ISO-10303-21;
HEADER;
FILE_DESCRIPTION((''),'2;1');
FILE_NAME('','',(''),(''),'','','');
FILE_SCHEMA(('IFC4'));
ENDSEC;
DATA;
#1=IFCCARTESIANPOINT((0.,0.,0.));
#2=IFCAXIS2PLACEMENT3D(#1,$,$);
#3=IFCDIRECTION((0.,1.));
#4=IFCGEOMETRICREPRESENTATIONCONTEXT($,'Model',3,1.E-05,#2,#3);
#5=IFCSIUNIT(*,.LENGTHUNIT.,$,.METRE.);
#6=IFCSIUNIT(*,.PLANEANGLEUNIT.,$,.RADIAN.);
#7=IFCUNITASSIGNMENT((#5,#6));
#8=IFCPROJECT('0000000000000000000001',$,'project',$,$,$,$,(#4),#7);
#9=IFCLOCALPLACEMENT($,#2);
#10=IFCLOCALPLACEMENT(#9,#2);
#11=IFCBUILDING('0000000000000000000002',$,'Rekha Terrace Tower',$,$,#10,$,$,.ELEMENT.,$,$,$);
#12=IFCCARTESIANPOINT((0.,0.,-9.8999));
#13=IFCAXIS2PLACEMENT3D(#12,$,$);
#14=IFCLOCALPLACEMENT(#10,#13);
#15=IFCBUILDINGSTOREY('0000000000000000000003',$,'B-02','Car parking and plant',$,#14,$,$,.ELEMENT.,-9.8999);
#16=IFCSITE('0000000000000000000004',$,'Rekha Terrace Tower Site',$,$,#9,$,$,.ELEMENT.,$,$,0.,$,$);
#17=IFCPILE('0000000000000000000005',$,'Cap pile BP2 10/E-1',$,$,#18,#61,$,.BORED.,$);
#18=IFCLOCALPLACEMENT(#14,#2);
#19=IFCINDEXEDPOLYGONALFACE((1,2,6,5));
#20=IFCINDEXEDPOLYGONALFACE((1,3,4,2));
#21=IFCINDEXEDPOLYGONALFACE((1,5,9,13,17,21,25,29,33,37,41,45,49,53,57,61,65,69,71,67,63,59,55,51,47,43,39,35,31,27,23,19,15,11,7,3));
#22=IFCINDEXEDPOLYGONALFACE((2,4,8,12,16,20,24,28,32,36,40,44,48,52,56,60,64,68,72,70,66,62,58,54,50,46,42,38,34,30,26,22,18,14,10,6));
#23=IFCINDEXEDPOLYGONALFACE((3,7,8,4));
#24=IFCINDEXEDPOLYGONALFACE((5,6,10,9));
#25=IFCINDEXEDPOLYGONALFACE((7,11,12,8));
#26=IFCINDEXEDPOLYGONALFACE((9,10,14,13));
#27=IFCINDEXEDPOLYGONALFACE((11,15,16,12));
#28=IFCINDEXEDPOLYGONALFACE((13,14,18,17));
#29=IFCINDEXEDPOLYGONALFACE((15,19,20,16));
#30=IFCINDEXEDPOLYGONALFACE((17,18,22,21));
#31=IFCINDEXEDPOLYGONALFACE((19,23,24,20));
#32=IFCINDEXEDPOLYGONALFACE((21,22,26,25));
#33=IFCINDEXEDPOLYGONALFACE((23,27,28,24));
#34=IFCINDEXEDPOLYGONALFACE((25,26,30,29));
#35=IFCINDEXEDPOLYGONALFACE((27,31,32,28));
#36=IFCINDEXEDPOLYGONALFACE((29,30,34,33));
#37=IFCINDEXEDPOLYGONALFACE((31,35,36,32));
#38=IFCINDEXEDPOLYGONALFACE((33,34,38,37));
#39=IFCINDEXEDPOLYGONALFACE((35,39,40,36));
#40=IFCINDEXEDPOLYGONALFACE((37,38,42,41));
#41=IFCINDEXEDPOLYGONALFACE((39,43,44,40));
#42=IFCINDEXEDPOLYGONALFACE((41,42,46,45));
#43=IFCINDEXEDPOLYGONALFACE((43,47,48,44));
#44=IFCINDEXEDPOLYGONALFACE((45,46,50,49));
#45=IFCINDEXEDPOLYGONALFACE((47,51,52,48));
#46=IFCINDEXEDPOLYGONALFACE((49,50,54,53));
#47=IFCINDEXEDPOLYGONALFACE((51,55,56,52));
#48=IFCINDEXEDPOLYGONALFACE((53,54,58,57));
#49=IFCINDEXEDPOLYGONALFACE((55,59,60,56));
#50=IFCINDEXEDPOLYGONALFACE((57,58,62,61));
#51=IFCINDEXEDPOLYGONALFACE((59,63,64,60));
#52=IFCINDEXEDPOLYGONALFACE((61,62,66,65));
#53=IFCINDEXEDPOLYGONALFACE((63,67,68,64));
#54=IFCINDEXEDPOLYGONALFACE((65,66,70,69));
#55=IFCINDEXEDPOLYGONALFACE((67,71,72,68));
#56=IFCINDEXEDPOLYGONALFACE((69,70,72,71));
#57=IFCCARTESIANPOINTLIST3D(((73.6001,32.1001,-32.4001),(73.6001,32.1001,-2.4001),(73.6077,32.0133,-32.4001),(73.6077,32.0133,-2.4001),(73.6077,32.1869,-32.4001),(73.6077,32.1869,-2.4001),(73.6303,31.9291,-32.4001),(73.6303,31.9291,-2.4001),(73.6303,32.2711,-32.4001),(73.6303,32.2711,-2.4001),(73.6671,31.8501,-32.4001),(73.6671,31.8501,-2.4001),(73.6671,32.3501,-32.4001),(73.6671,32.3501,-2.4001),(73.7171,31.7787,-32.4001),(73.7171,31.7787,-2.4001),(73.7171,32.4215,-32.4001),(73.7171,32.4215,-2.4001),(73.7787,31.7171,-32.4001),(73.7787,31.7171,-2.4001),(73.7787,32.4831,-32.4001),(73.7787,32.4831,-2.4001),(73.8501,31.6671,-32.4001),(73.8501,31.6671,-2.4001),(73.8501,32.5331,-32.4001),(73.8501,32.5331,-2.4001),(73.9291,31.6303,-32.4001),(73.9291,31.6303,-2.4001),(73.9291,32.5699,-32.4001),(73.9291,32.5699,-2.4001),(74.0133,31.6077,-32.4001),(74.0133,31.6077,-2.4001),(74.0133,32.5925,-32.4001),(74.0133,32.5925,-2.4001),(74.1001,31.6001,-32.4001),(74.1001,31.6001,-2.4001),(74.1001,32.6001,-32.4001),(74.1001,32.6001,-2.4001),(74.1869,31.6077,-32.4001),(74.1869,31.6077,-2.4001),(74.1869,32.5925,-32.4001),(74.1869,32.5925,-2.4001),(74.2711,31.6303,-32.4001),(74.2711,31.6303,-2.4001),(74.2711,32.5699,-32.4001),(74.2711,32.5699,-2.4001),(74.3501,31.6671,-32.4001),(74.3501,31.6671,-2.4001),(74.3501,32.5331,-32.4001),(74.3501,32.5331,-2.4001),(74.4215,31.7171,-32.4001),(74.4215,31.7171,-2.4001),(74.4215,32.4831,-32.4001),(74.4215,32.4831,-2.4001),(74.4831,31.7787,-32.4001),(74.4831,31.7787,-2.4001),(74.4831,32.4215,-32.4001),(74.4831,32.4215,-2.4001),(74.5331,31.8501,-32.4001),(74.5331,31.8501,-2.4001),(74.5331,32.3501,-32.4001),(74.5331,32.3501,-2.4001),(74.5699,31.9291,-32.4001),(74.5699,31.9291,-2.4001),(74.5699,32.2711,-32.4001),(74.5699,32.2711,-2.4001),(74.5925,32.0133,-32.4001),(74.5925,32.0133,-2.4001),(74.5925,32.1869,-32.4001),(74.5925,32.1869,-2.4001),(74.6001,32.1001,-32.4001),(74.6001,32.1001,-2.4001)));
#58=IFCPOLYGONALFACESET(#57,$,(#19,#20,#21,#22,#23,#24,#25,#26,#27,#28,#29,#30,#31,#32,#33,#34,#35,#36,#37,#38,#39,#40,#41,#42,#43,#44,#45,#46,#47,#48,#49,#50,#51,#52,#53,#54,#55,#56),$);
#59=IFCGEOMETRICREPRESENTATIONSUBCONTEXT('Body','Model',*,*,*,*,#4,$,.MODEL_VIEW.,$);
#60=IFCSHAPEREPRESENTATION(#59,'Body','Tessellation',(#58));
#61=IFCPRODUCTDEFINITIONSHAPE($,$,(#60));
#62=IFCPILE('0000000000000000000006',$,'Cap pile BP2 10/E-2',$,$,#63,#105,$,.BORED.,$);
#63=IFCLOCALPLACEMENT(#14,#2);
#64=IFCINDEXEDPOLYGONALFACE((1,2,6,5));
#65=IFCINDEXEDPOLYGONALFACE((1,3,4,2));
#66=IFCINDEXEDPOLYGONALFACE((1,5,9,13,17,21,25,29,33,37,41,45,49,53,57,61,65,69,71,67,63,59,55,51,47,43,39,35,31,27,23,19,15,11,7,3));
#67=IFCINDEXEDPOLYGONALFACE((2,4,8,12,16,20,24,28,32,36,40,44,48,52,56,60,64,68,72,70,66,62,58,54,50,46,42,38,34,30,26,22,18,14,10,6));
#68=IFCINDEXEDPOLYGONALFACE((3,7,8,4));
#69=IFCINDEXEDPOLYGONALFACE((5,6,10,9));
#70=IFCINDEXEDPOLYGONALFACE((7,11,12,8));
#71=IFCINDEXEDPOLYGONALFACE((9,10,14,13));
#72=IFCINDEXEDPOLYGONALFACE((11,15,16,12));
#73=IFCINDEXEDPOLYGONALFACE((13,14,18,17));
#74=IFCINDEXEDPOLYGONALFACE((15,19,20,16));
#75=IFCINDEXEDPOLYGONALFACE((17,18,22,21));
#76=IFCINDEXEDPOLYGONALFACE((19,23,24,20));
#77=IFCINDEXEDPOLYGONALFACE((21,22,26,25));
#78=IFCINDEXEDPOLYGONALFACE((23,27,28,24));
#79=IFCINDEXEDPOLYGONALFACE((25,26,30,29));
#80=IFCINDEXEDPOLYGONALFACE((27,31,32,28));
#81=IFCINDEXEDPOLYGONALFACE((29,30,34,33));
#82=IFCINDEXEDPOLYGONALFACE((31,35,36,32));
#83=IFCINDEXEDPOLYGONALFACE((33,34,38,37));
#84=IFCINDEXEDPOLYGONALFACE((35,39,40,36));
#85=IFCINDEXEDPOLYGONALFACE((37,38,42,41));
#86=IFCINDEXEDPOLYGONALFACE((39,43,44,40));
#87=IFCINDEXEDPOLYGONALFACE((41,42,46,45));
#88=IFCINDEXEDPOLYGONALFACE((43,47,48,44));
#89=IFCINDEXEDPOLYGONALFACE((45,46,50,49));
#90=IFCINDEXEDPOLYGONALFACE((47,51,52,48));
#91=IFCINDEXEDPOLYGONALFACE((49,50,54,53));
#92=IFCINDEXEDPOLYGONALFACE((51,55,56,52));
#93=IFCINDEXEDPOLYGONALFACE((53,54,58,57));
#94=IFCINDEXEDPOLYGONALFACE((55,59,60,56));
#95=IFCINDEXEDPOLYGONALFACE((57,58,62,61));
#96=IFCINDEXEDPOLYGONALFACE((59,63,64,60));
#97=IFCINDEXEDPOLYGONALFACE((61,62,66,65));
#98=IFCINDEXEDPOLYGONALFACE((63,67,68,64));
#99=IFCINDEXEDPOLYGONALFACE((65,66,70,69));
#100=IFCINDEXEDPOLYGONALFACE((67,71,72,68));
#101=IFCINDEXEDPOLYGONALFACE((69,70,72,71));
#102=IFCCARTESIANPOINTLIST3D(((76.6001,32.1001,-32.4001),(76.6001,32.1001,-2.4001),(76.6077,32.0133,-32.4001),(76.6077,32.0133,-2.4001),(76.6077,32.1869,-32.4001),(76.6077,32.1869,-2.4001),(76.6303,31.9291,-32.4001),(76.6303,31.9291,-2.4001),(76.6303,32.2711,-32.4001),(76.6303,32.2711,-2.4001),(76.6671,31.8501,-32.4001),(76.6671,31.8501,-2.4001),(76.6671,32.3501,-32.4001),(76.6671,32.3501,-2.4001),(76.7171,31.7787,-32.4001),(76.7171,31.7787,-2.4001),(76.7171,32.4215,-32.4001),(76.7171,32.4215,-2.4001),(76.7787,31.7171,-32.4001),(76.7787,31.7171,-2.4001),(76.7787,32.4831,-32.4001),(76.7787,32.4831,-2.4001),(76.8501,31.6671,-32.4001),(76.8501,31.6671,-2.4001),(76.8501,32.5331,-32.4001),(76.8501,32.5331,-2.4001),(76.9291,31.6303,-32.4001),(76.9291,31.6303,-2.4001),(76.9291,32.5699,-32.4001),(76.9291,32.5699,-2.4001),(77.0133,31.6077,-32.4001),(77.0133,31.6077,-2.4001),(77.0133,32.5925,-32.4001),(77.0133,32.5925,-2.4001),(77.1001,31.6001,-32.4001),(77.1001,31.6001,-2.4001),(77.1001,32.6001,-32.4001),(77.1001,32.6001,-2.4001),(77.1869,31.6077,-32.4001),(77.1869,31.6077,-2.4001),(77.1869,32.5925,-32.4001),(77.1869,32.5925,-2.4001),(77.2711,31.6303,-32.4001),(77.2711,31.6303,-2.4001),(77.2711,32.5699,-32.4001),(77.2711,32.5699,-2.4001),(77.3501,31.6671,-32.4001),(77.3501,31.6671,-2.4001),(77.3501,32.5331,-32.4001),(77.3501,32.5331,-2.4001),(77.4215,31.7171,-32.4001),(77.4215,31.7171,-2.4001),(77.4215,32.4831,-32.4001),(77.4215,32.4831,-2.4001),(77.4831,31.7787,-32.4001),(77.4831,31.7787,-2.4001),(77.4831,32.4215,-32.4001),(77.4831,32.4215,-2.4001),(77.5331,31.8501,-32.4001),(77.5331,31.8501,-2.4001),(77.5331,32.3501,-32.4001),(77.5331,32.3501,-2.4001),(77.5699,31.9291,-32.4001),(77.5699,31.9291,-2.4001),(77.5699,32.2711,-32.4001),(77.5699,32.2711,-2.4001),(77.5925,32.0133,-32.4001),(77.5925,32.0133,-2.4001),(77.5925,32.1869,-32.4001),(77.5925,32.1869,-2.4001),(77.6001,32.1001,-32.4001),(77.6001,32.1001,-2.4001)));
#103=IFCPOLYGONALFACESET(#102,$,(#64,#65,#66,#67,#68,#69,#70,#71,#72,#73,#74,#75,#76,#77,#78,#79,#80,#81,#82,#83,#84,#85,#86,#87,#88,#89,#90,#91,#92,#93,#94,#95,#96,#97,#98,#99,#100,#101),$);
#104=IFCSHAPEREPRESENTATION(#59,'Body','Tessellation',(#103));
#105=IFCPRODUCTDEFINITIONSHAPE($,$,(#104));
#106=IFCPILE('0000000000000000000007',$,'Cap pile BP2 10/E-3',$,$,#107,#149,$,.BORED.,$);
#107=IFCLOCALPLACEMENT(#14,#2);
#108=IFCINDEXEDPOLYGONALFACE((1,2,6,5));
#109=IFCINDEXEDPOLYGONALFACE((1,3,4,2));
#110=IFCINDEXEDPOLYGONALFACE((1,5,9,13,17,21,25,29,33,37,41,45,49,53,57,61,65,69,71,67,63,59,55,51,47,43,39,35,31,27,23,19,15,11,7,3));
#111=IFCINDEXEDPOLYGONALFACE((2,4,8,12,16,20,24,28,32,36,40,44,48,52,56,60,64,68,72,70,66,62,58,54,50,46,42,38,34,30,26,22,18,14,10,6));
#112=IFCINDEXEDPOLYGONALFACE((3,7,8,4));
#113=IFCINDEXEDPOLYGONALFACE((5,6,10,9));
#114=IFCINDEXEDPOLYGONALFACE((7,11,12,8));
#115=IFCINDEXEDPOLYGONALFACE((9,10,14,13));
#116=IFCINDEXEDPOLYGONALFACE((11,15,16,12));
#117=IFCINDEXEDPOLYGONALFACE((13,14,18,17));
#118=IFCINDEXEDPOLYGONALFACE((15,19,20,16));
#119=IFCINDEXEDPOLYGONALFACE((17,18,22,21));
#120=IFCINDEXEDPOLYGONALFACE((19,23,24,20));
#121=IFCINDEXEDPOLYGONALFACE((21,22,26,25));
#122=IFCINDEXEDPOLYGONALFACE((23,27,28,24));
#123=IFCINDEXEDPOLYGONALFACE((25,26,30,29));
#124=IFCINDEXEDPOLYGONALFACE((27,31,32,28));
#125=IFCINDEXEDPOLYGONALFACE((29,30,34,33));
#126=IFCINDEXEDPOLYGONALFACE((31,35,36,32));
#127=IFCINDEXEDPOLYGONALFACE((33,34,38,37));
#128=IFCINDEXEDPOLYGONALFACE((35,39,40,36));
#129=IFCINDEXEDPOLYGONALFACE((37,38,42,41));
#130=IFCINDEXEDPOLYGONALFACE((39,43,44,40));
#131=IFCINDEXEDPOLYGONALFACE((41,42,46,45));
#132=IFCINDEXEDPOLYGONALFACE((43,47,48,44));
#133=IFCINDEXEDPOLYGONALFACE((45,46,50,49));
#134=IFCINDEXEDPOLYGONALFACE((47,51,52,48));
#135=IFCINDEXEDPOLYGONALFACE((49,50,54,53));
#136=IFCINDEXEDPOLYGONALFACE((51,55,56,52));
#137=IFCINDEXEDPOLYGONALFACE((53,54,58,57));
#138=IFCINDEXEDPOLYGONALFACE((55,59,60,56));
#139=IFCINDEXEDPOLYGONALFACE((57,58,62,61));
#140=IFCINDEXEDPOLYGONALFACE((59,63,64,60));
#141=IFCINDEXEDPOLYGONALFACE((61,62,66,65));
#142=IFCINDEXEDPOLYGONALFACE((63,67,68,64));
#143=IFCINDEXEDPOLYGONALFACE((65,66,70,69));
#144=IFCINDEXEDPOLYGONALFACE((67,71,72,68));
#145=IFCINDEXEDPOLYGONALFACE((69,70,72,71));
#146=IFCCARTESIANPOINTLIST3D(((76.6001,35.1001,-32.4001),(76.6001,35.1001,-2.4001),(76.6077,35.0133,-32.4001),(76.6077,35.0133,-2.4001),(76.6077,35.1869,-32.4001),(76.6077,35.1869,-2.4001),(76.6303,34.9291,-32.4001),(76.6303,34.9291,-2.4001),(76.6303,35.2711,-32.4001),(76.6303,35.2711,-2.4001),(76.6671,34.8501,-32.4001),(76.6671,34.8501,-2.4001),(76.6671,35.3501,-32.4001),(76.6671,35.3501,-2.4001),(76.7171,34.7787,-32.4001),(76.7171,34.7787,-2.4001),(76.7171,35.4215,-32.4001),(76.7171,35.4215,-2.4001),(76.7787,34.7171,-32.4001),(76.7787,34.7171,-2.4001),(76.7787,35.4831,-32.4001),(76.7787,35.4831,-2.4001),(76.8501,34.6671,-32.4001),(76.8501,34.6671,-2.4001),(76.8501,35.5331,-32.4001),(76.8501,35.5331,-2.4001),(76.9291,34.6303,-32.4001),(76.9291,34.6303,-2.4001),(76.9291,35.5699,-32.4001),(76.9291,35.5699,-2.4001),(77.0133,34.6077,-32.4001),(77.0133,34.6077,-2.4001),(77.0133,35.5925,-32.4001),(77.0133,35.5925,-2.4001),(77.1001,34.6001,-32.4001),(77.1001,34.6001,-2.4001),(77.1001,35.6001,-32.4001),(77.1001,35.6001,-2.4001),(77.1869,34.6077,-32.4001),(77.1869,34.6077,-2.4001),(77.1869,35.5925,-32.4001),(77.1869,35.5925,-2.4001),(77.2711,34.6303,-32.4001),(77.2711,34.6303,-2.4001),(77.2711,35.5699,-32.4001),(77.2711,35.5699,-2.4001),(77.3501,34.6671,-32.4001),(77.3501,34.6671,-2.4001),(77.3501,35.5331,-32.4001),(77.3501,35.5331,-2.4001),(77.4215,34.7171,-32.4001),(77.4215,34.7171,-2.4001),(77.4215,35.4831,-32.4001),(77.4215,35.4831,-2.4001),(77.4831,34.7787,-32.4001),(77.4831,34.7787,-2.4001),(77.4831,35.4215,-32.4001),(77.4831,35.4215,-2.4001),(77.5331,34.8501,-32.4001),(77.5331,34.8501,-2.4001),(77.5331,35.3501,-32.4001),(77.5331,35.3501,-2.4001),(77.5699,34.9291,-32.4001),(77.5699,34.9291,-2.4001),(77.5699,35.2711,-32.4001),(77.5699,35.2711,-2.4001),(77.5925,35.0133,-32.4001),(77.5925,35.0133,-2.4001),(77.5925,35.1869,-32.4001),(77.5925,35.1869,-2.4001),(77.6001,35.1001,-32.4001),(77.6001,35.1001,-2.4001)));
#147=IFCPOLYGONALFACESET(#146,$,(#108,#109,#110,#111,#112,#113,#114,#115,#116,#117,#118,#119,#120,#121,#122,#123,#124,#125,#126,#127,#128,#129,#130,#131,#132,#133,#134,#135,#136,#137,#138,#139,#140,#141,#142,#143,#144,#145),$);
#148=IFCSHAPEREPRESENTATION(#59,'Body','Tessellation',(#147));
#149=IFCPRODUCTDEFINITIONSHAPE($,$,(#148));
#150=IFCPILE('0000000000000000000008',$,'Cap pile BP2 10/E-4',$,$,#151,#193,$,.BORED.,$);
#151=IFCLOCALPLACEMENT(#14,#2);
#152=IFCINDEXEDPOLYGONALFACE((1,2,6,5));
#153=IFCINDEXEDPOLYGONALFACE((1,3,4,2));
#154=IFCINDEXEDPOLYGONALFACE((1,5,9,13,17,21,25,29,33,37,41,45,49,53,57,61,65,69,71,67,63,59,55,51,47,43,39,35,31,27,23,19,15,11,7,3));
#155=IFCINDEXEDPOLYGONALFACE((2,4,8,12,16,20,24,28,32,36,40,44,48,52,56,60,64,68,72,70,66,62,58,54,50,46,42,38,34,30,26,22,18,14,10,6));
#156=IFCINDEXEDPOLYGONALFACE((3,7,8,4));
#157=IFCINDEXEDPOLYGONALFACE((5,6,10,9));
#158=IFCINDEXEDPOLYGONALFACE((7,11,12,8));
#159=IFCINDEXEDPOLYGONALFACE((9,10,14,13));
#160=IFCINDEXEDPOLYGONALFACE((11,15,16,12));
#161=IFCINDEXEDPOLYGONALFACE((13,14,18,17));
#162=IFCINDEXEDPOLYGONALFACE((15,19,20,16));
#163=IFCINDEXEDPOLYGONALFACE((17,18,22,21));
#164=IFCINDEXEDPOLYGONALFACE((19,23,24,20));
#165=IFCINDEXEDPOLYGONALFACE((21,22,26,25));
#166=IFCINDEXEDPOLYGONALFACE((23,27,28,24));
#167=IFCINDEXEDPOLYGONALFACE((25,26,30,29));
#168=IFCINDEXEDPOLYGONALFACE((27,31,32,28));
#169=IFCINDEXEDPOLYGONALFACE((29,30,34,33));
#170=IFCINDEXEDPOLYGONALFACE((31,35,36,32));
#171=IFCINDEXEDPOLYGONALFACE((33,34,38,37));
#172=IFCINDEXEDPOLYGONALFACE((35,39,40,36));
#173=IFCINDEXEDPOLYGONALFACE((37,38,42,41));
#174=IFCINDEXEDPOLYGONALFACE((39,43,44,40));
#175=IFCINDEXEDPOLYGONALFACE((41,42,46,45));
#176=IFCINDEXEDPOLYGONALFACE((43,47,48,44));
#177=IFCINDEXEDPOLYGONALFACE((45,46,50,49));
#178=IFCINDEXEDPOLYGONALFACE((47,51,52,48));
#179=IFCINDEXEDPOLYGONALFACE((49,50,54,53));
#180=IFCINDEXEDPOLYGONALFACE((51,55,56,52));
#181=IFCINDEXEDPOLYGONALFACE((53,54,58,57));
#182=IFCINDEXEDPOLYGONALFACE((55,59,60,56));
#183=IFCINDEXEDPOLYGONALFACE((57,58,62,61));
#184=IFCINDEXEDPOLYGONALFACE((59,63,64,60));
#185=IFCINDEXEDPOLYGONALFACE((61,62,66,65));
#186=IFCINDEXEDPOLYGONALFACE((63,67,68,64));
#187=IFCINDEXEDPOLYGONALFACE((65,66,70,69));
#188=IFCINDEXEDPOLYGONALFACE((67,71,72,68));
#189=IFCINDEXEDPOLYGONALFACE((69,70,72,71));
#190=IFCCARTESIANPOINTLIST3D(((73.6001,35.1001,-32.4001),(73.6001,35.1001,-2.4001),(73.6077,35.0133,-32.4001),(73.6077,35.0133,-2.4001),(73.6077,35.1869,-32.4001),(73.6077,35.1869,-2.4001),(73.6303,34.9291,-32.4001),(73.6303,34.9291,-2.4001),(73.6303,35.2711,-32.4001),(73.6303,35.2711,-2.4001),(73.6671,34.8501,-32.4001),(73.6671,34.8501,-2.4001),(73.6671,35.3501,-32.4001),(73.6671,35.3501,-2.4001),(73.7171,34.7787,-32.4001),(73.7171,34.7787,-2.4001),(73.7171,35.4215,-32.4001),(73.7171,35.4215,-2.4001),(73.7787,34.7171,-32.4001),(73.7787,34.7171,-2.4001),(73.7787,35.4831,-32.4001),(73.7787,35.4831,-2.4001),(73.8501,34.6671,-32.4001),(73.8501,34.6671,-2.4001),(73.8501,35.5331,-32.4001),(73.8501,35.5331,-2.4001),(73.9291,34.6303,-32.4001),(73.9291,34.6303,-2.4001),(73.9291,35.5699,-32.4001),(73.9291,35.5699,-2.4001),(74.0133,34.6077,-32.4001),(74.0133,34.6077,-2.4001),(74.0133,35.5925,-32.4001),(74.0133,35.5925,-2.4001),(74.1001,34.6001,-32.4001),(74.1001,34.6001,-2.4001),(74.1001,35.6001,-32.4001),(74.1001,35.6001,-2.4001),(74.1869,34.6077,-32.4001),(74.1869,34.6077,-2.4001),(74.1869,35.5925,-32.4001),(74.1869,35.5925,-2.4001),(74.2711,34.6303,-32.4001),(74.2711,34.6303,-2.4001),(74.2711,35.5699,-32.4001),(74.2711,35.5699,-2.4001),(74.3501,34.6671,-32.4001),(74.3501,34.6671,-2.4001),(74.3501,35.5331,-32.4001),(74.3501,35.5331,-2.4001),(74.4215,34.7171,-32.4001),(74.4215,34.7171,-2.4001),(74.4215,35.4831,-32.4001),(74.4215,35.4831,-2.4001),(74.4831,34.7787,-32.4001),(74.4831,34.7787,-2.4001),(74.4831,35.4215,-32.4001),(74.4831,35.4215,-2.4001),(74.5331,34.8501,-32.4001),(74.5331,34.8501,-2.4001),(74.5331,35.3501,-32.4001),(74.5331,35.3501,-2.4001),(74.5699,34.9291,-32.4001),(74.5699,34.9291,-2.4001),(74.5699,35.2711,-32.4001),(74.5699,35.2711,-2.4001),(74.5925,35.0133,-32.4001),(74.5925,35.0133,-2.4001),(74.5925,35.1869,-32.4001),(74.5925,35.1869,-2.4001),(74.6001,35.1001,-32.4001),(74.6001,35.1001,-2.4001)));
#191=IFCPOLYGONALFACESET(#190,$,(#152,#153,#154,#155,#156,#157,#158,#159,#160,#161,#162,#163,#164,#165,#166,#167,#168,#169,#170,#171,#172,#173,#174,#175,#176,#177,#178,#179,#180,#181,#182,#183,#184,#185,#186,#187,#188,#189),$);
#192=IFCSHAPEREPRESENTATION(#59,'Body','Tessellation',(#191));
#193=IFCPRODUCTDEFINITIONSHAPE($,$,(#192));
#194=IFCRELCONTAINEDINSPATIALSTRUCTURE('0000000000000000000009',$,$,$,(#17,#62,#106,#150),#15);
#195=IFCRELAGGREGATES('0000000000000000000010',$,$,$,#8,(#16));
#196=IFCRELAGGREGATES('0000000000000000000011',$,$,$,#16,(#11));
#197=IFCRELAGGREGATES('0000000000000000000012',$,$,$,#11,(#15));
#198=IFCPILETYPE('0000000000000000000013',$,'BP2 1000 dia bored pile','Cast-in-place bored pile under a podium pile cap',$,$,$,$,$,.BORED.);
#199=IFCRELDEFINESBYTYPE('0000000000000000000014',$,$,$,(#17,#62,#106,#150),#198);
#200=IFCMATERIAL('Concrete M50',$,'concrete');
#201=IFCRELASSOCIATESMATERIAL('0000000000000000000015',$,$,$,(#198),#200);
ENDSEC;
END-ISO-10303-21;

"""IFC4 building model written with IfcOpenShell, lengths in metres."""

from ifc_helpers import new_model, si_unit, direction, frame, origin, origin_2d, place, context, subcontext, project, spatial, circle, extrude, material, type_object, element, save


model = new_model("IFC4")

# Units and contexts
model_context = context("Model", 3, precision=1e-05, world=origin(), true_north=direction((0.0, 1.0)))
body_context = subcontext(model_context, "Body", "Model", "MODEL_VIEW")
ifc_project = project(units=[si_unit("LENGTHUNIT", "METRE"), si_unit("PLANEANGLEUNIT", "RADIAN")], contexts=[model_context])

# Site, building, storey
site_placement = place(None, origin())
site = spatial("IfcSite", under=ifc_project, at=site_placement, Name="Rekha Terrace Tower Site", CompositionType="ELEMENT", RefElevation=0.0)
building_placement = place(site_placement, origin())
building = spatial("IfcBuilding", under=site, at=building_placement, Name="Rekha Terrace Tower", CompositionType="ELEMENT")
storey_placement = place(building_placement, frame((0.0, 0.0, -9.8999)))
storey = spatial("IfcBuildingStorey", under=building, at=storey_placement, Name="B-02", Description="Car parking and plant", CompositionType="ELEMENT", Elevation=-9.8999)

# Piles
ifc_material_1 = material(Name="Concrete M50", Category="concrete")
pile_type = type_object("IfcPileType", Name="BP2 1000 dia bored pile", Description="Cast-in-place bored pile under a podium pile cap", PredefinedType="BORED", material=ifc_material_1)
for number, where, z_axis, x_axis, name in (
    (1, (74.1001, 32.1001, -2.4001), (0.0, 0.0, -1.0), (1.0, 0.0, 0.0), "Cap pile BP2 10/E-1"),
    (2, (77.1001, 32.1001, -2.4001), (0.0, 0.0, -1.0), (1.0, 0.0, 0.0), "Cap pile BP2 10/E-2"),
    (3, (77.1001, 35.1001, -2.4001), (0.0, 0.0, -1.0), (1.0, 0.0, 0.0), "Cap pile BP2 10/E-3"),
    (4, (74.1001, 35.1001, -2.4001), (0.0, 0.0, -1.0), (1.0, 0.0, 0.0), "Cap pile BP2 10/E-4"),
):
    element("IfcPile", number, at=place(storey_placement, frame(where, z_axis=z_axis, x_axis=x_axis)), inside=storey, type_object=pile_type, Name=name, PredefinedType="BORED", context=body_context, shape_type="SweptSolid", body=[
        extrude(circle(Radius=0.5, at=origin_2d()), origin(), (0.0, 0.0, 1.0), 30.0),
    ])

save(model, "model.ifc")
